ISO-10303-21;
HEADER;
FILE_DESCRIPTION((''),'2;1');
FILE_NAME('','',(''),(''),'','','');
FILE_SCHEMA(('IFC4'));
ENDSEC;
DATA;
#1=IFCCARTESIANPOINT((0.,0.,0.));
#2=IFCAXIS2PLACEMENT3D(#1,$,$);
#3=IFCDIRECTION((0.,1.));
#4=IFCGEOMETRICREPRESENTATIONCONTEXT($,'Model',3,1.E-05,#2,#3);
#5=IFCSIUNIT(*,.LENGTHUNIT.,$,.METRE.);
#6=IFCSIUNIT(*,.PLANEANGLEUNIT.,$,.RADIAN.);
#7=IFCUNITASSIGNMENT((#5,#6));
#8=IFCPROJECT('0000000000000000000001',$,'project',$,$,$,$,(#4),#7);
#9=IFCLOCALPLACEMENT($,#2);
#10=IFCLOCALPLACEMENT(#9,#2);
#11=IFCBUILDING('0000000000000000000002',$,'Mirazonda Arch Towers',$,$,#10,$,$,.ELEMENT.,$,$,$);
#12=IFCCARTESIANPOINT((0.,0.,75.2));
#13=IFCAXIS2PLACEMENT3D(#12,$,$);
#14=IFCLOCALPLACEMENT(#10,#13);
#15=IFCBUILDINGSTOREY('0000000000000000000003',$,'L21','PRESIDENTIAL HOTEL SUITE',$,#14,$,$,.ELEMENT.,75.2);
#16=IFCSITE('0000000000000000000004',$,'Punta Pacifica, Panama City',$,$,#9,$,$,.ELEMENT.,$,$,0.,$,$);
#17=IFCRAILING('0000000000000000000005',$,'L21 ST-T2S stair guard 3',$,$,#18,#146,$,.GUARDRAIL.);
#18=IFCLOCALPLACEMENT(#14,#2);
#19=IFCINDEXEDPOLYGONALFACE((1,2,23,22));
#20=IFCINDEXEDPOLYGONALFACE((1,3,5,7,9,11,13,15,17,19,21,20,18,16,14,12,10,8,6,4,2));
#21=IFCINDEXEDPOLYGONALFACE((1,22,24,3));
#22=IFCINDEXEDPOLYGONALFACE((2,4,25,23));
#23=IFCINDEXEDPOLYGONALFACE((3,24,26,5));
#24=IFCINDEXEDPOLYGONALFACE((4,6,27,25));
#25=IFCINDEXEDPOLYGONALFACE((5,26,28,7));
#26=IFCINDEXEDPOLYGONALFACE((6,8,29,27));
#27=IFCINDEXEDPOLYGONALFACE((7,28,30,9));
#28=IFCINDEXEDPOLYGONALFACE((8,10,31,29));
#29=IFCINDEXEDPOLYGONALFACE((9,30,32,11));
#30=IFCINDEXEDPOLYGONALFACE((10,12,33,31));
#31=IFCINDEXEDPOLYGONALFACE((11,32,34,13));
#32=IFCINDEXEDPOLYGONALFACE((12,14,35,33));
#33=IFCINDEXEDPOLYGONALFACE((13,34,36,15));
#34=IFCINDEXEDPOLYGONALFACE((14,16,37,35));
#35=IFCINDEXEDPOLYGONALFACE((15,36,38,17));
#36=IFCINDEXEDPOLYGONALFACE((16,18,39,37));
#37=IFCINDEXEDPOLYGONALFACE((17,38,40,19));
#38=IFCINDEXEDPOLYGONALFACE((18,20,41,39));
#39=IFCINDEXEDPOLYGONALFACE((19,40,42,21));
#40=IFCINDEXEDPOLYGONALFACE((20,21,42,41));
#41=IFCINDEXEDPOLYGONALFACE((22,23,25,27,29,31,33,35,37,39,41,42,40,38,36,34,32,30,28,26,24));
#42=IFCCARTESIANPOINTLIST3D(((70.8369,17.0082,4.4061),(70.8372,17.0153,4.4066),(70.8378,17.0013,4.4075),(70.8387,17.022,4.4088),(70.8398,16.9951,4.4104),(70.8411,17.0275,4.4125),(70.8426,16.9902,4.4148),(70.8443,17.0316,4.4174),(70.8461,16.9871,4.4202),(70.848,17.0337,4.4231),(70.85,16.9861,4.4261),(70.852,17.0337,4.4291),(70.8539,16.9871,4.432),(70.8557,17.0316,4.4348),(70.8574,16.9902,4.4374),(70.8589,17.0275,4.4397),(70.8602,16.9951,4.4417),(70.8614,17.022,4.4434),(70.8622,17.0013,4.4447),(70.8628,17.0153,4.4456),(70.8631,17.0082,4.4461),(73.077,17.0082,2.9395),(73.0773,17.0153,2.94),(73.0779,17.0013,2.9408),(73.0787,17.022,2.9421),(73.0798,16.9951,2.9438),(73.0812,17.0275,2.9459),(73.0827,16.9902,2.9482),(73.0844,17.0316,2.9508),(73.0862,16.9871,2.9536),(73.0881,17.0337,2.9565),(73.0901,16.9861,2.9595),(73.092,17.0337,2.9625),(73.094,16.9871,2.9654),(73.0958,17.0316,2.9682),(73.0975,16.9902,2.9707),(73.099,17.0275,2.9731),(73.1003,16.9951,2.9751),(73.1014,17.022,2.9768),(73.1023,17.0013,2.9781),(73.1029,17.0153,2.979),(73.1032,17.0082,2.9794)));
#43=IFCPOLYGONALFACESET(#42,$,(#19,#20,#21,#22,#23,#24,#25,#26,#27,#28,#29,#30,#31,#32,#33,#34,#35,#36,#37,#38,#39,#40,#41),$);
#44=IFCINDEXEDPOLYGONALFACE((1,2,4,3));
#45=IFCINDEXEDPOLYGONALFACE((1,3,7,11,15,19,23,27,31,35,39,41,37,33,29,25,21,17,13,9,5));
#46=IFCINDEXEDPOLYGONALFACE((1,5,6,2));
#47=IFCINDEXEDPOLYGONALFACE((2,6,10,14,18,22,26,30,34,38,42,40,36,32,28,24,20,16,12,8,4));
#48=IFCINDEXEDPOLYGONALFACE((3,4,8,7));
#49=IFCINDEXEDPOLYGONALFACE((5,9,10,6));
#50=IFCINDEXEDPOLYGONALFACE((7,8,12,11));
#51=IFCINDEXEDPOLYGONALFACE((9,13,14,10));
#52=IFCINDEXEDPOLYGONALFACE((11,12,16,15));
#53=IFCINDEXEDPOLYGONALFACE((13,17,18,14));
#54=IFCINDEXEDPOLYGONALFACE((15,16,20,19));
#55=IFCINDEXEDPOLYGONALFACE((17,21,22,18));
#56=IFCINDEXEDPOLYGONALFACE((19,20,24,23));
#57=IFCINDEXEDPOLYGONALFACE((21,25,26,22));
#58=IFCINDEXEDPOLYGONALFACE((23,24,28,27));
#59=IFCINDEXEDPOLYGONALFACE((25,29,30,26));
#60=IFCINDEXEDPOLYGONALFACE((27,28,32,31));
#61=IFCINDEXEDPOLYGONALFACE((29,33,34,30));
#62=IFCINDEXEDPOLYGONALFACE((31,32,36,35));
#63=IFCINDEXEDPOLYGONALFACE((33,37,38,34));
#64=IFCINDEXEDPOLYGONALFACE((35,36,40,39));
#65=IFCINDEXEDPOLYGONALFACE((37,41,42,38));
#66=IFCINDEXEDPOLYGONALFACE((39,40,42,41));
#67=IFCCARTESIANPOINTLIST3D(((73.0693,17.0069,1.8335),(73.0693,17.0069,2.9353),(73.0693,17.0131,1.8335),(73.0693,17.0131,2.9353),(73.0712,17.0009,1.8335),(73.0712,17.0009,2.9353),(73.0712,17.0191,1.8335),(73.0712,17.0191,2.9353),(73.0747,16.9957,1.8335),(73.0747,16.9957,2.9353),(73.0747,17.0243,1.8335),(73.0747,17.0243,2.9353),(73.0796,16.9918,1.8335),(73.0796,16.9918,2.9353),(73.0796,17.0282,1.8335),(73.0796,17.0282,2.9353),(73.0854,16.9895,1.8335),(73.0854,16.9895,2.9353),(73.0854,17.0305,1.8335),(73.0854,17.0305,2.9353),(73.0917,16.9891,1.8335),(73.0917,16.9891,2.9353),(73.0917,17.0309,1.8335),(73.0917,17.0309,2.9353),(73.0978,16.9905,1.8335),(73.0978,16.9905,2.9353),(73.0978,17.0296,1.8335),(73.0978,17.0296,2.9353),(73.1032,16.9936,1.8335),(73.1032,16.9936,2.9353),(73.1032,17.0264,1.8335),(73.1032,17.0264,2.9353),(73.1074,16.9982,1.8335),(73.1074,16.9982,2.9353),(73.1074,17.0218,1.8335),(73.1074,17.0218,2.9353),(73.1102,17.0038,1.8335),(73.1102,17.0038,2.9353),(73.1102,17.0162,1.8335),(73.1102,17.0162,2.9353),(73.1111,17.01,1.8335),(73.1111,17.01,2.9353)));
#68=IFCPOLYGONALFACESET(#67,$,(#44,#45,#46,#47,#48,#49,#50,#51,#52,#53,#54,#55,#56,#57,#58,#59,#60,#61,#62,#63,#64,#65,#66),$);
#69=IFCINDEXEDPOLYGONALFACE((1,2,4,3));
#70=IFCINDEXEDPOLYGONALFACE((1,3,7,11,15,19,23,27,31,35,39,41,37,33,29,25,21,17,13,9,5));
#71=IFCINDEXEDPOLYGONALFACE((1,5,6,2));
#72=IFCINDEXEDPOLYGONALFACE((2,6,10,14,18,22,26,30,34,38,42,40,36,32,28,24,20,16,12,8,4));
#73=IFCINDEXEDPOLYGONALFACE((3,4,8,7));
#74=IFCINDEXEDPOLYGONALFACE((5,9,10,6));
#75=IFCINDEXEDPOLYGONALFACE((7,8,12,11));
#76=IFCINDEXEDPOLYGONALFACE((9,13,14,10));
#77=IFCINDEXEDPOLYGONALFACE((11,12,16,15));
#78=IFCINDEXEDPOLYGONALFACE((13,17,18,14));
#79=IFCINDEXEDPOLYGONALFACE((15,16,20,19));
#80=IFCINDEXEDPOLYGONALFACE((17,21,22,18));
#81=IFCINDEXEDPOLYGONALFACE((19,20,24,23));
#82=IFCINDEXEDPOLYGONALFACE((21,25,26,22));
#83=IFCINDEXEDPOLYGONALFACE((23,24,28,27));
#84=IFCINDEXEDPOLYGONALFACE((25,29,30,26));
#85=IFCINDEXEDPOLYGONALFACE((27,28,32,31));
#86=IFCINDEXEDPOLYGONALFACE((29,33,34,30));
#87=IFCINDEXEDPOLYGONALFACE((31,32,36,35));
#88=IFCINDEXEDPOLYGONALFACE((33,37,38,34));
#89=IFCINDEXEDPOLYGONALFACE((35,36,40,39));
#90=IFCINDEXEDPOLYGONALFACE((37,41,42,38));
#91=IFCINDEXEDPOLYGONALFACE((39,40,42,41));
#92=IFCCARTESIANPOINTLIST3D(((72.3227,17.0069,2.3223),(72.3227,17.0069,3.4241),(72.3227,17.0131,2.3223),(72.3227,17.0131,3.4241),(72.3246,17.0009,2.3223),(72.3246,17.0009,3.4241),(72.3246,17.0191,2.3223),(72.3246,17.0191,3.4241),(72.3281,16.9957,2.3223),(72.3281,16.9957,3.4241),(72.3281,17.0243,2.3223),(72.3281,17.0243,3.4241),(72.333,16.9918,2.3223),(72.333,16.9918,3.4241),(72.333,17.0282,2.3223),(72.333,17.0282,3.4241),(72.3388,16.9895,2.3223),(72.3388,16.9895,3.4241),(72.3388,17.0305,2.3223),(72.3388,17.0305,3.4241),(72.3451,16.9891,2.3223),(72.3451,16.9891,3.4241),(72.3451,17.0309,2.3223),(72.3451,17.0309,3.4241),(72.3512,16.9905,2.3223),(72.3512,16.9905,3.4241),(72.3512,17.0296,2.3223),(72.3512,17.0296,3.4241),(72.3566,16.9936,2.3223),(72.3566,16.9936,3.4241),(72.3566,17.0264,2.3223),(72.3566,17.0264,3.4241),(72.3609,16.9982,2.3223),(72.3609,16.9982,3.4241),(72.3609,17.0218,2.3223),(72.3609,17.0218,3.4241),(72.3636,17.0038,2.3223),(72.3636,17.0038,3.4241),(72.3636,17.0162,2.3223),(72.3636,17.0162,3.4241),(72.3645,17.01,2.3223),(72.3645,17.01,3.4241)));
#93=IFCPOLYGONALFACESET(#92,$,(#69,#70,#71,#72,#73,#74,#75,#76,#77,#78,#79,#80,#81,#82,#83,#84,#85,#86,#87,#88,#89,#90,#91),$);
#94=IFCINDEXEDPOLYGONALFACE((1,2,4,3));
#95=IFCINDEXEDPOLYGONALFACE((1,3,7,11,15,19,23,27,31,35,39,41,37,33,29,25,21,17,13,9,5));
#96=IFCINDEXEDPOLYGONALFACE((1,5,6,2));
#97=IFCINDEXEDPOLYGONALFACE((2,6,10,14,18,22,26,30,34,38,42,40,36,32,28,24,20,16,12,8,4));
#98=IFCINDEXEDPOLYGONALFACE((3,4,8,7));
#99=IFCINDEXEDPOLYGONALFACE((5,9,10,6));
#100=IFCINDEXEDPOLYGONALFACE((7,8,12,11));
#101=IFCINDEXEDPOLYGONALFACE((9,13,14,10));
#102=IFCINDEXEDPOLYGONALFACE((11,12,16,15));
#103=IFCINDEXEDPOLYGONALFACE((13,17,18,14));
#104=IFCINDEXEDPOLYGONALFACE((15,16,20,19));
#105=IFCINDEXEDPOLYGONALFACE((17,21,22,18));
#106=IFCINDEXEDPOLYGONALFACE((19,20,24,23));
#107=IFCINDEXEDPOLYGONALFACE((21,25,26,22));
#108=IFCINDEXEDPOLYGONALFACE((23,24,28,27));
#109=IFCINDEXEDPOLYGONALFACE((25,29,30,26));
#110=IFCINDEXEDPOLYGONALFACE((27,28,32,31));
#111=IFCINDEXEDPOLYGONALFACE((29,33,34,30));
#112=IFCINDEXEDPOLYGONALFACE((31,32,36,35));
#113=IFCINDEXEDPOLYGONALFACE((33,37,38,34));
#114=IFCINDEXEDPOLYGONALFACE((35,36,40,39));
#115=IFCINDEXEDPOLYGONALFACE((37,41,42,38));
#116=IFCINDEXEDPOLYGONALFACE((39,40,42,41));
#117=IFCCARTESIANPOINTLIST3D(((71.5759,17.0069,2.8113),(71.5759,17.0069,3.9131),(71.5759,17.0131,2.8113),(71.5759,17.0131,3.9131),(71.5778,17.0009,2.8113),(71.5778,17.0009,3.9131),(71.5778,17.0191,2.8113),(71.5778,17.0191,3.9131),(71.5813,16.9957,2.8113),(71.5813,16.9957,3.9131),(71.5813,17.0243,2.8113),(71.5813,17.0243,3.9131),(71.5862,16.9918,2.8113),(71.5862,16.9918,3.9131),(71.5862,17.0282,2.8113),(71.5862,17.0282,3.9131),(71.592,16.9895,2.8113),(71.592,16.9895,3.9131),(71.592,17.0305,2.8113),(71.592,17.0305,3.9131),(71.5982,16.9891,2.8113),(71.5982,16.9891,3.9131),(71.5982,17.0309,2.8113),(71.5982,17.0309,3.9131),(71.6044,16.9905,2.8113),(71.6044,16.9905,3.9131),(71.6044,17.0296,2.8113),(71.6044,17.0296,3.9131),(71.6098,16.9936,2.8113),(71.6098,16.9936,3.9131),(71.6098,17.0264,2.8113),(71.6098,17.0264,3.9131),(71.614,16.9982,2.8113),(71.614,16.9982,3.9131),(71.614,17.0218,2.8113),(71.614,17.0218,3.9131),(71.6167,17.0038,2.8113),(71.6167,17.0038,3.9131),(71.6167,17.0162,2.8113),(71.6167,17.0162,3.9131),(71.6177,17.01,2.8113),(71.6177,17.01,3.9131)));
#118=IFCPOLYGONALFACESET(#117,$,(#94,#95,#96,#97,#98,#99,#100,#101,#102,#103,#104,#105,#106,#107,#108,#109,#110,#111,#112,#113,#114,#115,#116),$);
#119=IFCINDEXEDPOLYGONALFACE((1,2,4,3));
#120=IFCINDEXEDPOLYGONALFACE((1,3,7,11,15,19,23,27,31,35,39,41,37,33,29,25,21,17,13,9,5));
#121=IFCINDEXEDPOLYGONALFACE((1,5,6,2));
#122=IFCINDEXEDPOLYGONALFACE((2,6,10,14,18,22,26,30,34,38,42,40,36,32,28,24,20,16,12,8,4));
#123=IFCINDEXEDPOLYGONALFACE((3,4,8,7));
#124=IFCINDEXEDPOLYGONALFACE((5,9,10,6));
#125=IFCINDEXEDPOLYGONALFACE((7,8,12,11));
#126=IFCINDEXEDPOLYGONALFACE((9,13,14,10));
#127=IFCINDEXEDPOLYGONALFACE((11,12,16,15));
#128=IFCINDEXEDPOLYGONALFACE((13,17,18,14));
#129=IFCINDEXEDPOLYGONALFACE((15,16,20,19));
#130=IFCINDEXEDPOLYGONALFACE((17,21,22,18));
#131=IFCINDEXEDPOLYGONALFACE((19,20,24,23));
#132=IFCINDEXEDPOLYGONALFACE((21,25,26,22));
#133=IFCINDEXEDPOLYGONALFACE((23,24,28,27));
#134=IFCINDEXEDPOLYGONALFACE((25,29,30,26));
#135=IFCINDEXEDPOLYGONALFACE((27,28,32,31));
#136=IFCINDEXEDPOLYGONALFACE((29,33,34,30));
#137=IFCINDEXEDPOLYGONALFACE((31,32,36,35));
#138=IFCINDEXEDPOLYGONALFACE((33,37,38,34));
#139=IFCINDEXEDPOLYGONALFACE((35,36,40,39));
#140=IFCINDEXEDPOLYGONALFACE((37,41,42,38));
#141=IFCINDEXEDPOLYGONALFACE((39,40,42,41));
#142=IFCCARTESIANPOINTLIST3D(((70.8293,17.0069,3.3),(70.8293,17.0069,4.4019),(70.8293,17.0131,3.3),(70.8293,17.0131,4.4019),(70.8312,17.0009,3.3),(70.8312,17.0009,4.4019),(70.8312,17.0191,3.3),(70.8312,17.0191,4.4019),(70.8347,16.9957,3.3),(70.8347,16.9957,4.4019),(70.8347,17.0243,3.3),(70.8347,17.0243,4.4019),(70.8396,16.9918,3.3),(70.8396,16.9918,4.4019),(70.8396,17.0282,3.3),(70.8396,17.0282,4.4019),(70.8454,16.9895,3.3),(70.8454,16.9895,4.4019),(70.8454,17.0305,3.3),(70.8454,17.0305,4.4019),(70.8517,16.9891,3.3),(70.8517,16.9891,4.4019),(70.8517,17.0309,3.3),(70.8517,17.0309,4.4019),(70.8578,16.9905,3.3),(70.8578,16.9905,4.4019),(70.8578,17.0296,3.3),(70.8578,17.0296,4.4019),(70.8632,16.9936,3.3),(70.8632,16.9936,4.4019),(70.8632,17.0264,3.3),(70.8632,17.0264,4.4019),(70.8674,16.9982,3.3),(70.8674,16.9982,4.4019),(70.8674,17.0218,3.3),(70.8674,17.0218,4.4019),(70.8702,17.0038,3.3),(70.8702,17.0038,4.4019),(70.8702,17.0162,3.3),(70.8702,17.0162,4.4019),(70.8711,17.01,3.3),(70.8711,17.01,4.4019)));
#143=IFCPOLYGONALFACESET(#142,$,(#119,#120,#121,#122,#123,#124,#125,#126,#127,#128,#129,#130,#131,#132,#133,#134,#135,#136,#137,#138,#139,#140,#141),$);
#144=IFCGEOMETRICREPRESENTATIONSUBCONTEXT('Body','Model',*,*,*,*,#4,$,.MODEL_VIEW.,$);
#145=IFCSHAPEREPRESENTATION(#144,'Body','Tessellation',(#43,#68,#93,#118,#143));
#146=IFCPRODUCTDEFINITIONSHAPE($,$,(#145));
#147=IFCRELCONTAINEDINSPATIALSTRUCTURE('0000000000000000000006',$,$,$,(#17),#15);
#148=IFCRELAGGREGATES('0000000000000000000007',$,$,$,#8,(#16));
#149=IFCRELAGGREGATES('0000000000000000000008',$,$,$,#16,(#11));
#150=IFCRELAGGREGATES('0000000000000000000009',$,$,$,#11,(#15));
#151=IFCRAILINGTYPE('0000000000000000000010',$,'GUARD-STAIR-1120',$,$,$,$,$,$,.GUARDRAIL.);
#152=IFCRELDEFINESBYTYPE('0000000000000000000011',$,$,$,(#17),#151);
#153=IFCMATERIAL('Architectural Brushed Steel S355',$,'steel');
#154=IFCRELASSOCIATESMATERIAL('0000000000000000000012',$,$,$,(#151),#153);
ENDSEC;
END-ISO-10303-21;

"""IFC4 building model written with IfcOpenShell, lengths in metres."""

from ifc_helpers import new_model, si_unit, direction, frame, origin, origin_2d, place, context, subcontext, project, spatial, circle, extrude, material, type_object, element, save


model = new_model("IFC4")

# Units and contexts
model_context = context("Model", 3, precision=1e-05, world=origin(), true_north=direction((0.0, 1.0)))
body_context = subcontext(model_context, "Body", "Model", "MODEL_VIEW")
ifc_project = project(units=[si_unit("LENGTHUNIT", "METRE"), si_unit("PLANEANGLEUNIT", "RADIAN")], contexts=[model_context])

# Site, building, storey
site_placement = place(None, origin())
site = spatial("IfcSite", under=ifc_project, at=site_placement, Name="Punta Pacifica, Panama City", CompositionType="ELEMENT", RefElevation=0.0)
building_placement = place(site_placement, origin())
building = spatial("IfcBuilding", under=site, at=building_placement, Name="Mirazonda Arch Towers", CompositionType="ELEMENT")
storey_placement = place(building_placement, frame((0.0, 0.0, 75.2)))
storey = spatial("IfcBuildingStorey", under=building, at=storey_placement, Name="L21", Description="PRESIDENTIAL HOTEL SUITE", CompositionType="ELEMENT", Elevation=75.2)

# Railing
ifc_material_1 = material(Name="Architectural Brushed Steel S355", Category="steel")
railing_type_1 = type_object("IfcRailingType", Name="GUARD-STAIR-1120", PredefinedType="GUARDRAIL", material=ifc_material_1)
railing_1_placement = place(storey_placement, frame((73.0901, 17.01, 1.8335)))
element("IfcRailing", 1, at=railing_1_placement, inside=storey, type_object=railing_type_1, Name="L21 ST-T2S stair guard 3", PredefinedType="GUARDRAIL", context=body_context, shape_type="SweptSolid", body=[
    extrude(circle(Radius=0.0239, at=origin_2d()), frame((0.0, 0.0, 1.126), z_axis=(-0.836637, 0.0, 0.547758), x_axis=(0.0, -1.0, 0.0)), (0.0, 0.0, 1.0), 2.6775),
    extrude(circle(Radius=0.021, at=origin_2d()), origin(), (0.0, 0.0, 1.0), 1.1018),
    extrude(circle(Radius=0.021, at=origin_2d()), frame((-0.7466, 0.0, 0.4888)), (0.0, 0.0, 1.0), 1.1018),
    extrude(circle(Radius=0.021, at=origin_2d()), frame((-1.4934, 0.0, 0.9778)), (0.0, 0.0, 1.0), 1.1018),
    extrude(circle(Radius=0.021, at=origin_2d()), frame((-2.24, 0.0, 1.4666)), (0.0, 0.0, 1.0), 1.1018),
])

save(model, "model.ifc")
